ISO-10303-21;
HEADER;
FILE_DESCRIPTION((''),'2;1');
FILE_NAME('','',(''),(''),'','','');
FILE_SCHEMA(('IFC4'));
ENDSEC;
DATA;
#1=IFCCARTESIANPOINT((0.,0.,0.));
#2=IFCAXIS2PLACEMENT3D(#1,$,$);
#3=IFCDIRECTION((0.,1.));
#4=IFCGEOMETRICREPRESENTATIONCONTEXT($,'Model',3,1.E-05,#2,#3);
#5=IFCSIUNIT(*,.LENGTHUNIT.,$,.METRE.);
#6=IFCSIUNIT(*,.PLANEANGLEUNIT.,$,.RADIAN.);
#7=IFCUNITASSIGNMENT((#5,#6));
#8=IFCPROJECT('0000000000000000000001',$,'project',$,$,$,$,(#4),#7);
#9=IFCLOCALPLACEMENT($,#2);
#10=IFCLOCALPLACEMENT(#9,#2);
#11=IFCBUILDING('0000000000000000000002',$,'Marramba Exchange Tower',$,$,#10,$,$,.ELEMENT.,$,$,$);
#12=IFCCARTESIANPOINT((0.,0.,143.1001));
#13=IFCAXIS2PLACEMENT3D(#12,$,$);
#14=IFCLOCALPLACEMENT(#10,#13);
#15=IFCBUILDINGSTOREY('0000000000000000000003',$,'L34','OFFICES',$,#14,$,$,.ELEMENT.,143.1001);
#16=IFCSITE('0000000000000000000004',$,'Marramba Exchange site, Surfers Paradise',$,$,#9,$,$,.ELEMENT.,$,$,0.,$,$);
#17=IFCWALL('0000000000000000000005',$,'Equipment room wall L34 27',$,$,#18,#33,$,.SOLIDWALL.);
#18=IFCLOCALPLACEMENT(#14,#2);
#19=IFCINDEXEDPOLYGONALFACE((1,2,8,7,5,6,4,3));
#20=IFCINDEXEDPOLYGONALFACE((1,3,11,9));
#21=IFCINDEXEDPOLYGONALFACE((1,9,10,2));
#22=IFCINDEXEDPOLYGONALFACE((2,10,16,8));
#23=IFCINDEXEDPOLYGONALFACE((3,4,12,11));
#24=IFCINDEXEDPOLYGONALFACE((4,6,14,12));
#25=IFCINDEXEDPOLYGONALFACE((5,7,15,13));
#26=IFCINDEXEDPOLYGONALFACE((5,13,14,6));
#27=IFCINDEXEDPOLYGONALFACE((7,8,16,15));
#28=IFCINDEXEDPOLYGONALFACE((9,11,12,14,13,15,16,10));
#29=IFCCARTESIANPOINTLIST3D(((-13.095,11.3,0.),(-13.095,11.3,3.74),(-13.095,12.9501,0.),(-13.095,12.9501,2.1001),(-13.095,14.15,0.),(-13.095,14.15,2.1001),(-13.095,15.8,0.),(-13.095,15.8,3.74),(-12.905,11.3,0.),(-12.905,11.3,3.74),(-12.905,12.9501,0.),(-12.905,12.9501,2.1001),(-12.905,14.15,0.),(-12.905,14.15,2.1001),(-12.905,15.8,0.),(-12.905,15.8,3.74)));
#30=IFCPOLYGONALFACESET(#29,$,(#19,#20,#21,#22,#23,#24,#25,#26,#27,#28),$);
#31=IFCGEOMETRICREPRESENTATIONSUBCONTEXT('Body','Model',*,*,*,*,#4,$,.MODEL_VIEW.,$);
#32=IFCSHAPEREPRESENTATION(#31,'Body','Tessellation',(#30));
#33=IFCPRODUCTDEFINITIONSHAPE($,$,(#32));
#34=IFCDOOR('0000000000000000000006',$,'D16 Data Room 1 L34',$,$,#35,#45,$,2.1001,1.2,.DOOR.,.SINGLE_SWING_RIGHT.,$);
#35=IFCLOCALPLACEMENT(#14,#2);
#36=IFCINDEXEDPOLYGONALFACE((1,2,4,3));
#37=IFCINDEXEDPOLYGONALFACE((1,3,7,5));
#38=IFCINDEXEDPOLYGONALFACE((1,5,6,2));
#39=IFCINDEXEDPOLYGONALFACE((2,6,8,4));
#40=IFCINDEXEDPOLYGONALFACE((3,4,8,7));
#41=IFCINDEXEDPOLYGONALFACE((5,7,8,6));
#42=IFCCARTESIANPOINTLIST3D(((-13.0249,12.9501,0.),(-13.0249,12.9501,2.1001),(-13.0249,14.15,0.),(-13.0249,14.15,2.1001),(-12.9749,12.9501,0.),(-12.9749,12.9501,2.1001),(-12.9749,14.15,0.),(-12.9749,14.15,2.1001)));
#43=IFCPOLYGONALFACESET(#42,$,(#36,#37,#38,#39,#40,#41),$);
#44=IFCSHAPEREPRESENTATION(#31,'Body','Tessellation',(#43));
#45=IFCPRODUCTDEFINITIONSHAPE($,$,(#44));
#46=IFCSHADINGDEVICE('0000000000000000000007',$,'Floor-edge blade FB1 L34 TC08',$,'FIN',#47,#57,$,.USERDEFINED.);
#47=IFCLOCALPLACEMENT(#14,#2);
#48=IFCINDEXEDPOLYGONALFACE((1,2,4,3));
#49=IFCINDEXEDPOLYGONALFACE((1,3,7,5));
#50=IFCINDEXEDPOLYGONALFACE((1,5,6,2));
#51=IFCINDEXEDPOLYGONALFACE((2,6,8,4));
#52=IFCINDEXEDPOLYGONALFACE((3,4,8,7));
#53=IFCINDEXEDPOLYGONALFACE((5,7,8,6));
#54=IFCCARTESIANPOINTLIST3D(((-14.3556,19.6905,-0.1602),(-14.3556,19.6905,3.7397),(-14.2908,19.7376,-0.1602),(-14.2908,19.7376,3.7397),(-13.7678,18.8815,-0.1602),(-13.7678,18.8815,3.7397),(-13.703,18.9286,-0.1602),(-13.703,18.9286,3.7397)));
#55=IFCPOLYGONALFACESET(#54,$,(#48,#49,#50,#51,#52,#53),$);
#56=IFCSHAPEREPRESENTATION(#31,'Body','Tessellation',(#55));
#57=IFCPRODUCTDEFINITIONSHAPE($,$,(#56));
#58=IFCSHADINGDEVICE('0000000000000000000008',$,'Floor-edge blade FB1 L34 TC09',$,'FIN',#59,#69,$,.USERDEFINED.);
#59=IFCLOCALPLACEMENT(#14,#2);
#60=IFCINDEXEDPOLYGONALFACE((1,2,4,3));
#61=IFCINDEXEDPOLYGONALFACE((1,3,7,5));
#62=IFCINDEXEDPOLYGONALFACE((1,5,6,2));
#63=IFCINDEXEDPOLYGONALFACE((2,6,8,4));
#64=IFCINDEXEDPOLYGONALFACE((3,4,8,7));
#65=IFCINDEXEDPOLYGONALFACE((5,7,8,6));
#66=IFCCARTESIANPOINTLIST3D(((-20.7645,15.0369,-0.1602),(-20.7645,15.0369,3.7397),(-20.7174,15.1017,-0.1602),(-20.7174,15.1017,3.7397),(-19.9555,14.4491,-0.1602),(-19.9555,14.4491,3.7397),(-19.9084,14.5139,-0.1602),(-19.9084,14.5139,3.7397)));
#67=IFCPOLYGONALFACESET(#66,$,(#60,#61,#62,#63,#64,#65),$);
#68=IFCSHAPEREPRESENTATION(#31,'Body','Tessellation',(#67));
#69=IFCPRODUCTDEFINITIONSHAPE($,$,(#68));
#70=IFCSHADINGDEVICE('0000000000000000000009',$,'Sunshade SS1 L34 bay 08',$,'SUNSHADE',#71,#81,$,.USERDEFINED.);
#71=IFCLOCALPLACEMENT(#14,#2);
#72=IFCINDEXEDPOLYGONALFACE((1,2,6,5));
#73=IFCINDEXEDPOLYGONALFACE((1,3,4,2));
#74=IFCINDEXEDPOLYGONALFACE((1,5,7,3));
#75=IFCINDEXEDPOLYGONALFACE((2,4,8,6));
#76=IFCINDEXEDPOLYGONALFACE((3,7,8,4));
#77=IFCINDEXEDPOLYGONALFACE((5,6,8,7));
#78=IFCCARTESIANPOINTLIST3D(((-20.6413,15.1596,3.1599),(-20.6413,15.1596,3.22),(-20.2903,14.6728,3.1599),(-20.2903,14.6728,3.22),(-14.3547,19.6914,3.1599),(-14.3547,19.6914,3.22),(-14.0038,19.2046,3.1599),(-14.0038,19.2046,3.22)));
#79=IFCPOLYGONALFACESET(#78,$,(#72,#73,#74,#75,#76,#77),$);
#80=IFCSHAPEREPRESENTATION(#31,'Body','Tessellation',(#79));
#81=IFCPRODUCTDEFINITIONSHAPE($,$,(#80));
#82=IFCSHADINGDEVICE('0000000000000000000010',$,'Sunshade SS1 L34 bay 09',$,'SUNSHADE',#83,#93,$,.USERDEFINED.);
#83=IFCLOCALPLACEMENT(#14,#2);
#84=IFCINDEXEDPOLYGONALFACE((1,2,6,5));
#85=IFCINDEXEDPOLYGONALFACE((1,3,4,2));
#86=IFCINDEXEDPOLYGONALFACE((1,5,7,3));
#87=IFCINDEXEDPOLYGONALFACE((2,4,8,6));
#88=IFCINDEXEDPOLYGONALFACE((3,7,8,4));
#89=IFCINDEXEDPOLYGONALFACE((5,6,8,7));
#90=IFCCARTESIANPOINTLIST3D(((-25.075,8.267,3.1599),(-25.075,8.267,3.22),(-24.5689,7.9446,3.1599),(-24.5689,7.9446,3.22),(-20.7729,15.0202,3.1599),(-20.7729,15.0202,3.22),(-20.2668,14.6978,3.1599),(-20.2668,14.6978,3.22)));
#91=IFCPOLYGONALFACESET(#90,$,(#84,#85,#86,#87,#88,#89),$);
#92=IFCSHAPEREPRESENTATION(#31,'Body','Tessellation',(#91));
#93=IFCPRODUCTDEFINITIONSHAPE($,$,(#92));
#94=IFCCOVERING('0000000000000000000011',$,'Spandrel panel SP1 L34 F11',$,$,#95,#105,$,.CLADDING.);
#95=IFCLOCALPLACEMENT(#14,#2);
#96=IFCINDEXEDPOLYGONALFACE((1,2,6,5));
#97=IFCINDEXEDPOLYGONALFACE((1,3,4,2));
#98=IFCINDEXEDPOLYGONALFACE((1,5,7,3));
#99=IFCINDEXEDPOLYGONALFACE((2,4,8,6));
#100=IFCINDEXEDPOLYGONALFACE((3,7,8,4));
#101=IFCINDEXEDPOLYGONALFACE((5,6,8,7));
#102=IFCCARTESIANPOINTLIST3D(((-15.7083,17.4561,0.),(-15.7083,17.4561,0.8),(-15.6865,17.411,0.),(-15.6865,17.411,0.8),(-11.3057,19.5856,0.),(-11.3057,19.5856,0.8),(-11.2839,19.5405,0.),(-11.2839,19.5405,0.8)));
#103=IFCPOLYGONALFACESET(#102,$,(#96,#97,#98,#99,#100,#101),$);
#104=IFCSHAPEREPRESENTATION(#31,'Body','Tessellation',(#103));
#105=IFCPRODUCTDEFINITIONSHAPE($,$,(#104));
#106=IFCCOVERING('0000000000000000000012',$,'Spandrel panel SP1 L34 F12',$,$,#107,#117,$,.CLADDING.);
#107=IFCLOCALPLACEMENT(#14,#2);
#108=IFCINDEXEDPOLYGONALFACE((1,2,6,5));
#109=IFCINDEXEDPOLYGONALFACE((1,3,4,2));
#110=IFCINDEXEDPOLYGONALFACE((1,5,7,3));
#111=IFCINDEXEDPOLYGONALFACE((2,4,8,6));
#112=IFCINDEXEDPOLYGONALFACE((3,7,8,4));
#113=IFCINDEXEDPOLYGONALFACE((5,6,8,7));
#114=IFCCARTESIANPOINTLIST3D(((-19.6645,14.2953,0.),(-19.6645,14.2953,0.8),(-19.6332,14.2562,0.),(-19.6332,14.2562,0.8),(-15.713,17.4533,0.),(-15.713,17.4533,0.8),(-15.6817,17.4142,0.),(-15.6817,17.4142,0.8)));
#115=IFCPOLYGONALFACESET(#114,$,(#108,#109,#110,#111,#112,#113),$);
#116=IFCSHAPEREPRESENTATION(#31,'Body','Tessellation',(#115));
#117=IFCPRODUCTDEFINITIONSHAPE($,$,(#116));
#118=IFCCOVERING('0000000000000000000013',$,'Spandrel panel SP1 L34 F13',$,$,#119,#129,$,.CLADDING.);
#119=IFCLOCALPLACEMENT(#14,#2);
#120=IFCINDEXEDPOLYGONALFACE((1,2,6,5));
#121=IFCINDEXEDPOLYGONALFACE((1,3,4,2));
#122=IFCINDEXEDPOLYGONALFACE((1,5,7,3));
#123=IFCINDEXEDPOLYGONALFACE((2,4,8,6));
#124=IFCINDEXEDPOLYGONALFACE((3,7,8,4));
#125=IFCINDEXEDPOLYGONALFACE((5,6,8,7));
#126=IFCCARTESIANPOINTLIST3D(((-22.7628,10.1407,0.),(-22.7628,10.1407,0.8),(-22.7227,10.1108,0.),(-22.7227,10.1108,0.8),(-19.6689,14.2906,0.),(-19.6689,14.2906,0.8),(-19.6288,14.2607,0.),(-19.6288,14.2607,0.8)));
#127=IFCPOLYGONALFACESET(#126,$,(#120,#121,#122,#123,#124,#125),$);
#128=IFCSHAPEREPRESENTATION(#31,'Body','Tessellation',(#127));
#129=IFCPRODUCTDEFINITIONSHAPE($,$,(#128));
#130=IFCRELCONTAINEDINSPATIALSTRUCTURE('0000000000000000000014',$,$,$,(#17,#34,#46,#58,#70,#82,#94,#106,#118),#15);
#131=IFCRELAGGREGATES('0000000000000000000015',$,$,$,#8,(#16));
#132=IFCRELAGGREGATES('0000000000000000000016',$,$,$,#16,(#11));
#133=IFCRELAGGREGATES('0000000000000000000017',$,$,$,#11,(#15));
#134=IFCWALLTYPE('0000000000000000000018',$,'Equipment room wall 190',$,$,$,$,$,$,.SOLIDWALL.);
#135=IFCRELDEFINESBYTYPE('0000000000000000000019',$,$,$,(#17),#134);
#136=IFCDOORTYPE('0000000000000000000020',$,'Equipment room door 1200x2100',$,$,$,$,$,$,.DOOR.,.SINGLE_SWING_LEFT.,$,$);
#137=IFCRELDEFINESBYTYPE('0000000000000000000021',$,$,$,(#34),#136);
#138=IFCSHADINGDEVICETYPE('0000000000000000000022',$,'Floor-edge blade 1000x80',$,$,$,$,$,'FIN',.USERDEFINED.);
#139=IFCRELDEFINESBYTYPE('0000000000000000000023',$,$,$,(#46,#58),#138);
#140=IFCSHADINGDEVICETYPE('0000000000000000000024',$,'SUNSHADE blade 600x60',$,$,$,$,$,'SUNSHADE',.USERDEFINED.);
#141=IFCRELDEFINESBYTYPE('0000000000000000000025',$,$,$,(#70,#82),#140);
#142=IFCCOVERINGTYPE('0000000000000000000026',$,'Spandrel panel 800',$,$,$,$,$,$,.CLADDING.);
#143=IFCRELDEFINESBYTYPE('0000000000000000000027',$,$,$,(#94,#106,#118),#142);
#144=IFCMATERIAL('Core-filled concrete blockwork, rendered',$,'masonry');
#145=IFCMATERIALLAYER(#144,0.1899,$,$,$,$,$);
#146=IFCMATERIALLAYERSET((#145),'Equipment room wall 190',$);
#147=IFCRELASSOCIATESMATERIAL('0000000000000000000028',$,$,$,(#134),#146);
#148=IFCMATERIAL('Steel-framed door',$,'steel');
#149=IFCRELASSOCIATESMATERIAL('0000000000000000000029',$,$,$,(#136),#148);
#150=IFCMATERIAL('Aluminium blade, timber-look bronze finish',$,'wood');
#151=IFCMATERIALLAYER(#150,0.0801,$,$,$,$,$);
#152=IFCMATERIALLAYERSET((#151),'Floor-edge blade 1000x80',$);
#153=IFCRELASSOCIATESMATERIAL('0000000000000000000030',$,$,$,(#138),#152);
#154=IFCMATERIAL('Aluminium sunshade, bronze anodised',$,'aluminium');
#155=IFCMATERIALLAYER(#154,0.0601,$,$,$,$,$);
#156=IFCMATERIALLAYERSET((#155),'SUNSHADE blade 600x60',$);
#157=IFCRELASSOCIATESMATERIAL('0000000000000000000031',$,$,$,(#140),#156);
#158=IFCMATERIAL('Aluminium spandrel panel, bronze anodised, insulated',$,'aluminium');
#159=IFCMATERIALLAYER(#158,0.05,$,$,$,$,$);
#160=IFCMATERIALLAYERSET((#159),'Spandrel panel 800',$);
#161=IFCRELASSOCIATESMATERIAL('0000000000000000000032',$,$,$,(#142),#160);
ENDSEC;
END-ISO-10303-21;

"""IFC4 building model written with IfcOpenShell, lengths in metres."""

from ifc_helpers import new_model, si_unit, direction, frame, frame_2d, origin, origin_2d, place, context, subcontext, project, spatial, rectangle, extrude, material, layer, layer_set, type_object, element, fill, save


model = new_model("IFC4")

# Units and contexts
model_context = context("Model", 3, precision=1e-05, world=origin(), true_north=direction((0.0, 1.0)))
body_context = subcontext(model_context, "Body", "Model", "MODEL_VIEW")
ifc_project = project(units=[si_unit("LENGTHUNIT", "METRE"), si_unit("PLANEANGLEUNIT", "RADIAN")], contexts=[model_context])

# Site, building, storey
site_placement = place(None, origin())
site = spatial("IfcSite", under=ifc_project, at=site_placement, Name="Marramba Exchange site, Surfers Paradise", CompositionType="ELEMENT", RefElevation=0.0)
building_placement = place(site_placement, origin())
building = spatial("IfcBuilding", under=site, at=building_placement, Name="Marramba Exchange Tower", CompositionType="ELEMENT")
storey_placement = place(building_placement, frame((0.0, 0.0, 143.1001)))
storey = spatial("IfcBuildingStorey", under=building, at=storey_placement, Name="L34", Description="OFFICES", CompositionType="ELEMENT", Elevation=143.1001)

# Shared definitions
ifc_material_1 = material(Name="Core-filled concrete blockwork, rendered", Category="masonry")
ifc_layer_1 = layer(ifc_material_1, 0.1899)
ifc_layer_set_1 = layer_set([ifc_layer_1], Name="Equipment room wall 190")
wall_type = type_object("IfcWallType", Name="Equipment room wall 190", PredefinedType="SOLIDWALL", material=ifc_layer_set_1)

# Wall, opening, door
wall_1_placement = place(storey_placement, frame((-13.0, 11.3, 0.0), z_axis=(0.0, 0.0, 1.0), x_axis=(0.0, 1.0, 0.0)))
wall_1 = element("IfcWall", 1, at=wall_1_placement, inside=storey, type_object=wall_type, Name="Equipment room wall L34 27", PredefinedType="SOLIDWALL", context=body_context, shape_type="SweptSolid", body=[
    extrude(rectangle(XDim=4.5, YDim=0.1899, at=frame_2d((2.25, 0.0))), origin(), (0.0, 0.0, 1.0), 3.74),
])
opening_placement = place(wall_1_placement, frame((1.6499, 0.0, 0.0)))
opening = element("IfcOpeningElement", 2, at=opening_placement, cuts=wall_1, PredefinedType="OPENING", context=body_context, shape_type="SweptSolid", body=[
    extrude(rectangle(XDim=1.2, YDim=2.1001, at=frame_2d((0.6001, 1.05))), frame((0.0, 0.105, 0.0), z_axis=(0.0, -1.0, 0.0), x_axis=(1.0, 0.0, 0.0)), (0.0, 0.0, 1.0), 0.21),
])
ifc_material_2 = material(Name="Steel-framed door", Category="steel")
door_type = type_object("IfcDoorType", Name="Equipment room door 1200x2100", OperationType="SINGLE_SWING_LEFT", PredefinedType="DOOR", material=ifc_material_2)
door_placement = place(opening_placement, frame((1.2, 0.0, 0.0), z_axis=(0.0, 0.0, 1.0), x_axis=(-1.0, 0.0, 0.0)))
door = element("IfcDoor", 3, at=door_placement, inside=storey, type_object=door_type, Name="D16 Data Room 1 L34", OperationType="SINGLE_SWING_RIGHT", OverallHeight=2.1001, OverallWidth=1.2, PredefinedType="DOOR", context=body_context, shape_type="SweptSolid", body=[
    extrude(rectangle(XDim=1.2, YDim=2.1001, at=frame_2d((0.5999, 1.05))), frame((0.0, 0.0251, 0.0), z_axis=(0.0, -1.0, 0.0), x_axis=(1.0, 0.0, 0.0)), (0.0, 0.0, 1.0), 0.05),
])
fill(opening, door)

# Shading devices
ifc_material_3 = material(Name="Aluminium blade, timber-look bronze finish", Category="wood")
ifc_layer_2 = layer(ifc_material_3, 0.0801)
ifc_layer_set_2 = layer_set([ifc_layer_2], Name="Floor-edge blade 1000x80")
shading_device_type_1 = type_object("IfcShadingDeviceType", Name="Floor-edge blade 1000x80", ElementType="FIN", PredefinedType="USERDEFINED", material=ifc_layer_set_2)
for number, where, z_axis, x_axis, name in (
    (4, (-14.0293, 19.3096, -0.1602), (0.0, 0.0, 1.0), (-0.587785, 0.809017, 0.0), "Floor-edge blade FB1 L34 TC08"),
    (5, (-20.3364, 14.7754, -0.1602), (0.0, 0.0, 1.0), (-0.809017, 0.587785, 0.0), "Floor-edge blade FB1 L34 TC09"),
):
    element("IfcShadingDevice", number, at=place(storey_placement, frame(where, z_axis=z_axis, x_axis=x_axis)), inside=storey, type_object=shading_device_type_1, Name=name, ObjectType="FIN", PredefinedType="USERDEFINED", context=body_context, shape_type="SweptSolid", body=[
        extrude(rectangle(XDim=1.0, YDim=0.0801, at=origin_2d()), origin(), (0.0, 0.0, 1.0), 3.8999),
    ])
ifc_material_4 = material(Name="Aluminium sunshade, bronze anodised", Category="aluminium")
ifc_layer_3 = layer(ifc_material_4, 0.0601)
ifc_layer_set_3 = layer_set([ifc_layer_3], Name="SUNSHADE blade 600x60")
shading_device_type_2 = type_object("IfcShadingDeviceType", Name="SUNSHADE blade 600x60", ElementType="SUNSHADE", PredefinedType="USERDEFINED", material=ifc_layer_set_3)
shading_device_1_placement = place(storey_placement, frame((-17.3225, 17.1821, 3.1599), z_axis=(0.0, 0.0, 1.0), x_axis=(-0.811199, -0.58477, 0.0)))
element("IfcShadingDevice", 6, at=shading_device_1_placement, inside=storey, type_object=shading_device_type_2, Name="Sunshade SS1 L34 bay 08", ObjectType="SUNSHADE", PredefinedType="USERDEFINED", context=body_context, shape_type="SweptSolid", body=[
    extrude(rectangle(XDim=7.7498, YDim=0.6001, at=origin_2d()), origin(), (0.0, 0.0, 1.0), 0.0601),
])
shading_device_2_placement = place(storey_placement, frame((-22.6709, 11.4824, 3.1599), z_axis=(0.0, 0.0, 1.0), x_axis=(-0.537285, -0.843401, 0.0)))
element("IfcShadingDevice", 7, at=shading_device_2_placement, inside=storey, type_object=shading_device_type_2, Name="Sunshade SS1 L34 bay 09", ObjectType="SUNSHADE", PredefinedType="USERDEFINED", context=body_context, shape_type="SweptSolid", body=[
    extrude(rectangle(XDim=8.0071, YDim=0.6001, at=origin_2d()), origin(), (0.0, 0.0, 1.0), 0.0601),
])

# Coverings
ifc_material_5 = material(Name="Aluminium spandrel panel, bronze anodised, insulated", Category="aluminium")
ifc_layer_4 = layer(ifc_material_5, 0.05)
ifc_layer_set_4 = layer_set([ifc_layer_4], Name="Spandrel panel 800")
covering_type = type_object("IfcCoveringType", Name="Spandrel panel 800", PredefinedType="CLADDING", material=ifc_layer_set_4)
covering_1_placement = place(storey_placement, frame((-13.4961, 18.4983, 0.0), z_axis=(0.0, 0.0, 1.0), x_axis=(-0.900224, -0.435428, 0.0)))
element("IfcCovering", 8, at=covering_1_placement, inside=storey, type_object=covering_type, Name="Spandrel panel SP1 L34 F11", PredefinedType="CLADDING", context=body_context, shape_type="SweptSolid", body=[
    extrude(rectangle(XDim=4.8906, YDim=0.05, at=origin_2d()), origin(), (0.0, 0.0, 1.0), 0.8),
])
covering_2_placement = place(storey_placement, frame((-17.6731, 15.8547, 0.0), z_axis=(0.0, 0.0, 1.0), x_axis=(-0.781178, -0.624308, 0.0)))
element("IfcCovering", 9, at=covering_2_placement, inside=storey, type_object=covering_type, Name="Spandrel panel SP1 L34 F12", PredefinedType="CLADDING", context=body_context, shape_type="SweptSolid", body=[
    extrude(rectangle(XDim=5.0583, YDim=0.05, at=origin_2d()), origin(), (0.0, 0.0, 1.0), 0.8),
])
covering_3_placement = place(storey_placement, frame((-21.1958, 12.2007, 0.0), z_axis=(0.0, 0.0, 1.0), x_axis=(-0.597704, -0.801717, 0.0)))
element("IfcCovering", 10, at=covering_3_placement, inside=storey, type_object=covering_type, Name="Spandrel panel SP1 L34 F13", PredefinedType="CLADDING", context=body_context, shape_type="SweptSolid", body=[
    extrude(rectangle(XDim=5.1763, YDim=0.05, at=origin_2d()), origin(), (0.0, 0.0, 1.0), 0.8),
])

save(model, "model.ifc")
